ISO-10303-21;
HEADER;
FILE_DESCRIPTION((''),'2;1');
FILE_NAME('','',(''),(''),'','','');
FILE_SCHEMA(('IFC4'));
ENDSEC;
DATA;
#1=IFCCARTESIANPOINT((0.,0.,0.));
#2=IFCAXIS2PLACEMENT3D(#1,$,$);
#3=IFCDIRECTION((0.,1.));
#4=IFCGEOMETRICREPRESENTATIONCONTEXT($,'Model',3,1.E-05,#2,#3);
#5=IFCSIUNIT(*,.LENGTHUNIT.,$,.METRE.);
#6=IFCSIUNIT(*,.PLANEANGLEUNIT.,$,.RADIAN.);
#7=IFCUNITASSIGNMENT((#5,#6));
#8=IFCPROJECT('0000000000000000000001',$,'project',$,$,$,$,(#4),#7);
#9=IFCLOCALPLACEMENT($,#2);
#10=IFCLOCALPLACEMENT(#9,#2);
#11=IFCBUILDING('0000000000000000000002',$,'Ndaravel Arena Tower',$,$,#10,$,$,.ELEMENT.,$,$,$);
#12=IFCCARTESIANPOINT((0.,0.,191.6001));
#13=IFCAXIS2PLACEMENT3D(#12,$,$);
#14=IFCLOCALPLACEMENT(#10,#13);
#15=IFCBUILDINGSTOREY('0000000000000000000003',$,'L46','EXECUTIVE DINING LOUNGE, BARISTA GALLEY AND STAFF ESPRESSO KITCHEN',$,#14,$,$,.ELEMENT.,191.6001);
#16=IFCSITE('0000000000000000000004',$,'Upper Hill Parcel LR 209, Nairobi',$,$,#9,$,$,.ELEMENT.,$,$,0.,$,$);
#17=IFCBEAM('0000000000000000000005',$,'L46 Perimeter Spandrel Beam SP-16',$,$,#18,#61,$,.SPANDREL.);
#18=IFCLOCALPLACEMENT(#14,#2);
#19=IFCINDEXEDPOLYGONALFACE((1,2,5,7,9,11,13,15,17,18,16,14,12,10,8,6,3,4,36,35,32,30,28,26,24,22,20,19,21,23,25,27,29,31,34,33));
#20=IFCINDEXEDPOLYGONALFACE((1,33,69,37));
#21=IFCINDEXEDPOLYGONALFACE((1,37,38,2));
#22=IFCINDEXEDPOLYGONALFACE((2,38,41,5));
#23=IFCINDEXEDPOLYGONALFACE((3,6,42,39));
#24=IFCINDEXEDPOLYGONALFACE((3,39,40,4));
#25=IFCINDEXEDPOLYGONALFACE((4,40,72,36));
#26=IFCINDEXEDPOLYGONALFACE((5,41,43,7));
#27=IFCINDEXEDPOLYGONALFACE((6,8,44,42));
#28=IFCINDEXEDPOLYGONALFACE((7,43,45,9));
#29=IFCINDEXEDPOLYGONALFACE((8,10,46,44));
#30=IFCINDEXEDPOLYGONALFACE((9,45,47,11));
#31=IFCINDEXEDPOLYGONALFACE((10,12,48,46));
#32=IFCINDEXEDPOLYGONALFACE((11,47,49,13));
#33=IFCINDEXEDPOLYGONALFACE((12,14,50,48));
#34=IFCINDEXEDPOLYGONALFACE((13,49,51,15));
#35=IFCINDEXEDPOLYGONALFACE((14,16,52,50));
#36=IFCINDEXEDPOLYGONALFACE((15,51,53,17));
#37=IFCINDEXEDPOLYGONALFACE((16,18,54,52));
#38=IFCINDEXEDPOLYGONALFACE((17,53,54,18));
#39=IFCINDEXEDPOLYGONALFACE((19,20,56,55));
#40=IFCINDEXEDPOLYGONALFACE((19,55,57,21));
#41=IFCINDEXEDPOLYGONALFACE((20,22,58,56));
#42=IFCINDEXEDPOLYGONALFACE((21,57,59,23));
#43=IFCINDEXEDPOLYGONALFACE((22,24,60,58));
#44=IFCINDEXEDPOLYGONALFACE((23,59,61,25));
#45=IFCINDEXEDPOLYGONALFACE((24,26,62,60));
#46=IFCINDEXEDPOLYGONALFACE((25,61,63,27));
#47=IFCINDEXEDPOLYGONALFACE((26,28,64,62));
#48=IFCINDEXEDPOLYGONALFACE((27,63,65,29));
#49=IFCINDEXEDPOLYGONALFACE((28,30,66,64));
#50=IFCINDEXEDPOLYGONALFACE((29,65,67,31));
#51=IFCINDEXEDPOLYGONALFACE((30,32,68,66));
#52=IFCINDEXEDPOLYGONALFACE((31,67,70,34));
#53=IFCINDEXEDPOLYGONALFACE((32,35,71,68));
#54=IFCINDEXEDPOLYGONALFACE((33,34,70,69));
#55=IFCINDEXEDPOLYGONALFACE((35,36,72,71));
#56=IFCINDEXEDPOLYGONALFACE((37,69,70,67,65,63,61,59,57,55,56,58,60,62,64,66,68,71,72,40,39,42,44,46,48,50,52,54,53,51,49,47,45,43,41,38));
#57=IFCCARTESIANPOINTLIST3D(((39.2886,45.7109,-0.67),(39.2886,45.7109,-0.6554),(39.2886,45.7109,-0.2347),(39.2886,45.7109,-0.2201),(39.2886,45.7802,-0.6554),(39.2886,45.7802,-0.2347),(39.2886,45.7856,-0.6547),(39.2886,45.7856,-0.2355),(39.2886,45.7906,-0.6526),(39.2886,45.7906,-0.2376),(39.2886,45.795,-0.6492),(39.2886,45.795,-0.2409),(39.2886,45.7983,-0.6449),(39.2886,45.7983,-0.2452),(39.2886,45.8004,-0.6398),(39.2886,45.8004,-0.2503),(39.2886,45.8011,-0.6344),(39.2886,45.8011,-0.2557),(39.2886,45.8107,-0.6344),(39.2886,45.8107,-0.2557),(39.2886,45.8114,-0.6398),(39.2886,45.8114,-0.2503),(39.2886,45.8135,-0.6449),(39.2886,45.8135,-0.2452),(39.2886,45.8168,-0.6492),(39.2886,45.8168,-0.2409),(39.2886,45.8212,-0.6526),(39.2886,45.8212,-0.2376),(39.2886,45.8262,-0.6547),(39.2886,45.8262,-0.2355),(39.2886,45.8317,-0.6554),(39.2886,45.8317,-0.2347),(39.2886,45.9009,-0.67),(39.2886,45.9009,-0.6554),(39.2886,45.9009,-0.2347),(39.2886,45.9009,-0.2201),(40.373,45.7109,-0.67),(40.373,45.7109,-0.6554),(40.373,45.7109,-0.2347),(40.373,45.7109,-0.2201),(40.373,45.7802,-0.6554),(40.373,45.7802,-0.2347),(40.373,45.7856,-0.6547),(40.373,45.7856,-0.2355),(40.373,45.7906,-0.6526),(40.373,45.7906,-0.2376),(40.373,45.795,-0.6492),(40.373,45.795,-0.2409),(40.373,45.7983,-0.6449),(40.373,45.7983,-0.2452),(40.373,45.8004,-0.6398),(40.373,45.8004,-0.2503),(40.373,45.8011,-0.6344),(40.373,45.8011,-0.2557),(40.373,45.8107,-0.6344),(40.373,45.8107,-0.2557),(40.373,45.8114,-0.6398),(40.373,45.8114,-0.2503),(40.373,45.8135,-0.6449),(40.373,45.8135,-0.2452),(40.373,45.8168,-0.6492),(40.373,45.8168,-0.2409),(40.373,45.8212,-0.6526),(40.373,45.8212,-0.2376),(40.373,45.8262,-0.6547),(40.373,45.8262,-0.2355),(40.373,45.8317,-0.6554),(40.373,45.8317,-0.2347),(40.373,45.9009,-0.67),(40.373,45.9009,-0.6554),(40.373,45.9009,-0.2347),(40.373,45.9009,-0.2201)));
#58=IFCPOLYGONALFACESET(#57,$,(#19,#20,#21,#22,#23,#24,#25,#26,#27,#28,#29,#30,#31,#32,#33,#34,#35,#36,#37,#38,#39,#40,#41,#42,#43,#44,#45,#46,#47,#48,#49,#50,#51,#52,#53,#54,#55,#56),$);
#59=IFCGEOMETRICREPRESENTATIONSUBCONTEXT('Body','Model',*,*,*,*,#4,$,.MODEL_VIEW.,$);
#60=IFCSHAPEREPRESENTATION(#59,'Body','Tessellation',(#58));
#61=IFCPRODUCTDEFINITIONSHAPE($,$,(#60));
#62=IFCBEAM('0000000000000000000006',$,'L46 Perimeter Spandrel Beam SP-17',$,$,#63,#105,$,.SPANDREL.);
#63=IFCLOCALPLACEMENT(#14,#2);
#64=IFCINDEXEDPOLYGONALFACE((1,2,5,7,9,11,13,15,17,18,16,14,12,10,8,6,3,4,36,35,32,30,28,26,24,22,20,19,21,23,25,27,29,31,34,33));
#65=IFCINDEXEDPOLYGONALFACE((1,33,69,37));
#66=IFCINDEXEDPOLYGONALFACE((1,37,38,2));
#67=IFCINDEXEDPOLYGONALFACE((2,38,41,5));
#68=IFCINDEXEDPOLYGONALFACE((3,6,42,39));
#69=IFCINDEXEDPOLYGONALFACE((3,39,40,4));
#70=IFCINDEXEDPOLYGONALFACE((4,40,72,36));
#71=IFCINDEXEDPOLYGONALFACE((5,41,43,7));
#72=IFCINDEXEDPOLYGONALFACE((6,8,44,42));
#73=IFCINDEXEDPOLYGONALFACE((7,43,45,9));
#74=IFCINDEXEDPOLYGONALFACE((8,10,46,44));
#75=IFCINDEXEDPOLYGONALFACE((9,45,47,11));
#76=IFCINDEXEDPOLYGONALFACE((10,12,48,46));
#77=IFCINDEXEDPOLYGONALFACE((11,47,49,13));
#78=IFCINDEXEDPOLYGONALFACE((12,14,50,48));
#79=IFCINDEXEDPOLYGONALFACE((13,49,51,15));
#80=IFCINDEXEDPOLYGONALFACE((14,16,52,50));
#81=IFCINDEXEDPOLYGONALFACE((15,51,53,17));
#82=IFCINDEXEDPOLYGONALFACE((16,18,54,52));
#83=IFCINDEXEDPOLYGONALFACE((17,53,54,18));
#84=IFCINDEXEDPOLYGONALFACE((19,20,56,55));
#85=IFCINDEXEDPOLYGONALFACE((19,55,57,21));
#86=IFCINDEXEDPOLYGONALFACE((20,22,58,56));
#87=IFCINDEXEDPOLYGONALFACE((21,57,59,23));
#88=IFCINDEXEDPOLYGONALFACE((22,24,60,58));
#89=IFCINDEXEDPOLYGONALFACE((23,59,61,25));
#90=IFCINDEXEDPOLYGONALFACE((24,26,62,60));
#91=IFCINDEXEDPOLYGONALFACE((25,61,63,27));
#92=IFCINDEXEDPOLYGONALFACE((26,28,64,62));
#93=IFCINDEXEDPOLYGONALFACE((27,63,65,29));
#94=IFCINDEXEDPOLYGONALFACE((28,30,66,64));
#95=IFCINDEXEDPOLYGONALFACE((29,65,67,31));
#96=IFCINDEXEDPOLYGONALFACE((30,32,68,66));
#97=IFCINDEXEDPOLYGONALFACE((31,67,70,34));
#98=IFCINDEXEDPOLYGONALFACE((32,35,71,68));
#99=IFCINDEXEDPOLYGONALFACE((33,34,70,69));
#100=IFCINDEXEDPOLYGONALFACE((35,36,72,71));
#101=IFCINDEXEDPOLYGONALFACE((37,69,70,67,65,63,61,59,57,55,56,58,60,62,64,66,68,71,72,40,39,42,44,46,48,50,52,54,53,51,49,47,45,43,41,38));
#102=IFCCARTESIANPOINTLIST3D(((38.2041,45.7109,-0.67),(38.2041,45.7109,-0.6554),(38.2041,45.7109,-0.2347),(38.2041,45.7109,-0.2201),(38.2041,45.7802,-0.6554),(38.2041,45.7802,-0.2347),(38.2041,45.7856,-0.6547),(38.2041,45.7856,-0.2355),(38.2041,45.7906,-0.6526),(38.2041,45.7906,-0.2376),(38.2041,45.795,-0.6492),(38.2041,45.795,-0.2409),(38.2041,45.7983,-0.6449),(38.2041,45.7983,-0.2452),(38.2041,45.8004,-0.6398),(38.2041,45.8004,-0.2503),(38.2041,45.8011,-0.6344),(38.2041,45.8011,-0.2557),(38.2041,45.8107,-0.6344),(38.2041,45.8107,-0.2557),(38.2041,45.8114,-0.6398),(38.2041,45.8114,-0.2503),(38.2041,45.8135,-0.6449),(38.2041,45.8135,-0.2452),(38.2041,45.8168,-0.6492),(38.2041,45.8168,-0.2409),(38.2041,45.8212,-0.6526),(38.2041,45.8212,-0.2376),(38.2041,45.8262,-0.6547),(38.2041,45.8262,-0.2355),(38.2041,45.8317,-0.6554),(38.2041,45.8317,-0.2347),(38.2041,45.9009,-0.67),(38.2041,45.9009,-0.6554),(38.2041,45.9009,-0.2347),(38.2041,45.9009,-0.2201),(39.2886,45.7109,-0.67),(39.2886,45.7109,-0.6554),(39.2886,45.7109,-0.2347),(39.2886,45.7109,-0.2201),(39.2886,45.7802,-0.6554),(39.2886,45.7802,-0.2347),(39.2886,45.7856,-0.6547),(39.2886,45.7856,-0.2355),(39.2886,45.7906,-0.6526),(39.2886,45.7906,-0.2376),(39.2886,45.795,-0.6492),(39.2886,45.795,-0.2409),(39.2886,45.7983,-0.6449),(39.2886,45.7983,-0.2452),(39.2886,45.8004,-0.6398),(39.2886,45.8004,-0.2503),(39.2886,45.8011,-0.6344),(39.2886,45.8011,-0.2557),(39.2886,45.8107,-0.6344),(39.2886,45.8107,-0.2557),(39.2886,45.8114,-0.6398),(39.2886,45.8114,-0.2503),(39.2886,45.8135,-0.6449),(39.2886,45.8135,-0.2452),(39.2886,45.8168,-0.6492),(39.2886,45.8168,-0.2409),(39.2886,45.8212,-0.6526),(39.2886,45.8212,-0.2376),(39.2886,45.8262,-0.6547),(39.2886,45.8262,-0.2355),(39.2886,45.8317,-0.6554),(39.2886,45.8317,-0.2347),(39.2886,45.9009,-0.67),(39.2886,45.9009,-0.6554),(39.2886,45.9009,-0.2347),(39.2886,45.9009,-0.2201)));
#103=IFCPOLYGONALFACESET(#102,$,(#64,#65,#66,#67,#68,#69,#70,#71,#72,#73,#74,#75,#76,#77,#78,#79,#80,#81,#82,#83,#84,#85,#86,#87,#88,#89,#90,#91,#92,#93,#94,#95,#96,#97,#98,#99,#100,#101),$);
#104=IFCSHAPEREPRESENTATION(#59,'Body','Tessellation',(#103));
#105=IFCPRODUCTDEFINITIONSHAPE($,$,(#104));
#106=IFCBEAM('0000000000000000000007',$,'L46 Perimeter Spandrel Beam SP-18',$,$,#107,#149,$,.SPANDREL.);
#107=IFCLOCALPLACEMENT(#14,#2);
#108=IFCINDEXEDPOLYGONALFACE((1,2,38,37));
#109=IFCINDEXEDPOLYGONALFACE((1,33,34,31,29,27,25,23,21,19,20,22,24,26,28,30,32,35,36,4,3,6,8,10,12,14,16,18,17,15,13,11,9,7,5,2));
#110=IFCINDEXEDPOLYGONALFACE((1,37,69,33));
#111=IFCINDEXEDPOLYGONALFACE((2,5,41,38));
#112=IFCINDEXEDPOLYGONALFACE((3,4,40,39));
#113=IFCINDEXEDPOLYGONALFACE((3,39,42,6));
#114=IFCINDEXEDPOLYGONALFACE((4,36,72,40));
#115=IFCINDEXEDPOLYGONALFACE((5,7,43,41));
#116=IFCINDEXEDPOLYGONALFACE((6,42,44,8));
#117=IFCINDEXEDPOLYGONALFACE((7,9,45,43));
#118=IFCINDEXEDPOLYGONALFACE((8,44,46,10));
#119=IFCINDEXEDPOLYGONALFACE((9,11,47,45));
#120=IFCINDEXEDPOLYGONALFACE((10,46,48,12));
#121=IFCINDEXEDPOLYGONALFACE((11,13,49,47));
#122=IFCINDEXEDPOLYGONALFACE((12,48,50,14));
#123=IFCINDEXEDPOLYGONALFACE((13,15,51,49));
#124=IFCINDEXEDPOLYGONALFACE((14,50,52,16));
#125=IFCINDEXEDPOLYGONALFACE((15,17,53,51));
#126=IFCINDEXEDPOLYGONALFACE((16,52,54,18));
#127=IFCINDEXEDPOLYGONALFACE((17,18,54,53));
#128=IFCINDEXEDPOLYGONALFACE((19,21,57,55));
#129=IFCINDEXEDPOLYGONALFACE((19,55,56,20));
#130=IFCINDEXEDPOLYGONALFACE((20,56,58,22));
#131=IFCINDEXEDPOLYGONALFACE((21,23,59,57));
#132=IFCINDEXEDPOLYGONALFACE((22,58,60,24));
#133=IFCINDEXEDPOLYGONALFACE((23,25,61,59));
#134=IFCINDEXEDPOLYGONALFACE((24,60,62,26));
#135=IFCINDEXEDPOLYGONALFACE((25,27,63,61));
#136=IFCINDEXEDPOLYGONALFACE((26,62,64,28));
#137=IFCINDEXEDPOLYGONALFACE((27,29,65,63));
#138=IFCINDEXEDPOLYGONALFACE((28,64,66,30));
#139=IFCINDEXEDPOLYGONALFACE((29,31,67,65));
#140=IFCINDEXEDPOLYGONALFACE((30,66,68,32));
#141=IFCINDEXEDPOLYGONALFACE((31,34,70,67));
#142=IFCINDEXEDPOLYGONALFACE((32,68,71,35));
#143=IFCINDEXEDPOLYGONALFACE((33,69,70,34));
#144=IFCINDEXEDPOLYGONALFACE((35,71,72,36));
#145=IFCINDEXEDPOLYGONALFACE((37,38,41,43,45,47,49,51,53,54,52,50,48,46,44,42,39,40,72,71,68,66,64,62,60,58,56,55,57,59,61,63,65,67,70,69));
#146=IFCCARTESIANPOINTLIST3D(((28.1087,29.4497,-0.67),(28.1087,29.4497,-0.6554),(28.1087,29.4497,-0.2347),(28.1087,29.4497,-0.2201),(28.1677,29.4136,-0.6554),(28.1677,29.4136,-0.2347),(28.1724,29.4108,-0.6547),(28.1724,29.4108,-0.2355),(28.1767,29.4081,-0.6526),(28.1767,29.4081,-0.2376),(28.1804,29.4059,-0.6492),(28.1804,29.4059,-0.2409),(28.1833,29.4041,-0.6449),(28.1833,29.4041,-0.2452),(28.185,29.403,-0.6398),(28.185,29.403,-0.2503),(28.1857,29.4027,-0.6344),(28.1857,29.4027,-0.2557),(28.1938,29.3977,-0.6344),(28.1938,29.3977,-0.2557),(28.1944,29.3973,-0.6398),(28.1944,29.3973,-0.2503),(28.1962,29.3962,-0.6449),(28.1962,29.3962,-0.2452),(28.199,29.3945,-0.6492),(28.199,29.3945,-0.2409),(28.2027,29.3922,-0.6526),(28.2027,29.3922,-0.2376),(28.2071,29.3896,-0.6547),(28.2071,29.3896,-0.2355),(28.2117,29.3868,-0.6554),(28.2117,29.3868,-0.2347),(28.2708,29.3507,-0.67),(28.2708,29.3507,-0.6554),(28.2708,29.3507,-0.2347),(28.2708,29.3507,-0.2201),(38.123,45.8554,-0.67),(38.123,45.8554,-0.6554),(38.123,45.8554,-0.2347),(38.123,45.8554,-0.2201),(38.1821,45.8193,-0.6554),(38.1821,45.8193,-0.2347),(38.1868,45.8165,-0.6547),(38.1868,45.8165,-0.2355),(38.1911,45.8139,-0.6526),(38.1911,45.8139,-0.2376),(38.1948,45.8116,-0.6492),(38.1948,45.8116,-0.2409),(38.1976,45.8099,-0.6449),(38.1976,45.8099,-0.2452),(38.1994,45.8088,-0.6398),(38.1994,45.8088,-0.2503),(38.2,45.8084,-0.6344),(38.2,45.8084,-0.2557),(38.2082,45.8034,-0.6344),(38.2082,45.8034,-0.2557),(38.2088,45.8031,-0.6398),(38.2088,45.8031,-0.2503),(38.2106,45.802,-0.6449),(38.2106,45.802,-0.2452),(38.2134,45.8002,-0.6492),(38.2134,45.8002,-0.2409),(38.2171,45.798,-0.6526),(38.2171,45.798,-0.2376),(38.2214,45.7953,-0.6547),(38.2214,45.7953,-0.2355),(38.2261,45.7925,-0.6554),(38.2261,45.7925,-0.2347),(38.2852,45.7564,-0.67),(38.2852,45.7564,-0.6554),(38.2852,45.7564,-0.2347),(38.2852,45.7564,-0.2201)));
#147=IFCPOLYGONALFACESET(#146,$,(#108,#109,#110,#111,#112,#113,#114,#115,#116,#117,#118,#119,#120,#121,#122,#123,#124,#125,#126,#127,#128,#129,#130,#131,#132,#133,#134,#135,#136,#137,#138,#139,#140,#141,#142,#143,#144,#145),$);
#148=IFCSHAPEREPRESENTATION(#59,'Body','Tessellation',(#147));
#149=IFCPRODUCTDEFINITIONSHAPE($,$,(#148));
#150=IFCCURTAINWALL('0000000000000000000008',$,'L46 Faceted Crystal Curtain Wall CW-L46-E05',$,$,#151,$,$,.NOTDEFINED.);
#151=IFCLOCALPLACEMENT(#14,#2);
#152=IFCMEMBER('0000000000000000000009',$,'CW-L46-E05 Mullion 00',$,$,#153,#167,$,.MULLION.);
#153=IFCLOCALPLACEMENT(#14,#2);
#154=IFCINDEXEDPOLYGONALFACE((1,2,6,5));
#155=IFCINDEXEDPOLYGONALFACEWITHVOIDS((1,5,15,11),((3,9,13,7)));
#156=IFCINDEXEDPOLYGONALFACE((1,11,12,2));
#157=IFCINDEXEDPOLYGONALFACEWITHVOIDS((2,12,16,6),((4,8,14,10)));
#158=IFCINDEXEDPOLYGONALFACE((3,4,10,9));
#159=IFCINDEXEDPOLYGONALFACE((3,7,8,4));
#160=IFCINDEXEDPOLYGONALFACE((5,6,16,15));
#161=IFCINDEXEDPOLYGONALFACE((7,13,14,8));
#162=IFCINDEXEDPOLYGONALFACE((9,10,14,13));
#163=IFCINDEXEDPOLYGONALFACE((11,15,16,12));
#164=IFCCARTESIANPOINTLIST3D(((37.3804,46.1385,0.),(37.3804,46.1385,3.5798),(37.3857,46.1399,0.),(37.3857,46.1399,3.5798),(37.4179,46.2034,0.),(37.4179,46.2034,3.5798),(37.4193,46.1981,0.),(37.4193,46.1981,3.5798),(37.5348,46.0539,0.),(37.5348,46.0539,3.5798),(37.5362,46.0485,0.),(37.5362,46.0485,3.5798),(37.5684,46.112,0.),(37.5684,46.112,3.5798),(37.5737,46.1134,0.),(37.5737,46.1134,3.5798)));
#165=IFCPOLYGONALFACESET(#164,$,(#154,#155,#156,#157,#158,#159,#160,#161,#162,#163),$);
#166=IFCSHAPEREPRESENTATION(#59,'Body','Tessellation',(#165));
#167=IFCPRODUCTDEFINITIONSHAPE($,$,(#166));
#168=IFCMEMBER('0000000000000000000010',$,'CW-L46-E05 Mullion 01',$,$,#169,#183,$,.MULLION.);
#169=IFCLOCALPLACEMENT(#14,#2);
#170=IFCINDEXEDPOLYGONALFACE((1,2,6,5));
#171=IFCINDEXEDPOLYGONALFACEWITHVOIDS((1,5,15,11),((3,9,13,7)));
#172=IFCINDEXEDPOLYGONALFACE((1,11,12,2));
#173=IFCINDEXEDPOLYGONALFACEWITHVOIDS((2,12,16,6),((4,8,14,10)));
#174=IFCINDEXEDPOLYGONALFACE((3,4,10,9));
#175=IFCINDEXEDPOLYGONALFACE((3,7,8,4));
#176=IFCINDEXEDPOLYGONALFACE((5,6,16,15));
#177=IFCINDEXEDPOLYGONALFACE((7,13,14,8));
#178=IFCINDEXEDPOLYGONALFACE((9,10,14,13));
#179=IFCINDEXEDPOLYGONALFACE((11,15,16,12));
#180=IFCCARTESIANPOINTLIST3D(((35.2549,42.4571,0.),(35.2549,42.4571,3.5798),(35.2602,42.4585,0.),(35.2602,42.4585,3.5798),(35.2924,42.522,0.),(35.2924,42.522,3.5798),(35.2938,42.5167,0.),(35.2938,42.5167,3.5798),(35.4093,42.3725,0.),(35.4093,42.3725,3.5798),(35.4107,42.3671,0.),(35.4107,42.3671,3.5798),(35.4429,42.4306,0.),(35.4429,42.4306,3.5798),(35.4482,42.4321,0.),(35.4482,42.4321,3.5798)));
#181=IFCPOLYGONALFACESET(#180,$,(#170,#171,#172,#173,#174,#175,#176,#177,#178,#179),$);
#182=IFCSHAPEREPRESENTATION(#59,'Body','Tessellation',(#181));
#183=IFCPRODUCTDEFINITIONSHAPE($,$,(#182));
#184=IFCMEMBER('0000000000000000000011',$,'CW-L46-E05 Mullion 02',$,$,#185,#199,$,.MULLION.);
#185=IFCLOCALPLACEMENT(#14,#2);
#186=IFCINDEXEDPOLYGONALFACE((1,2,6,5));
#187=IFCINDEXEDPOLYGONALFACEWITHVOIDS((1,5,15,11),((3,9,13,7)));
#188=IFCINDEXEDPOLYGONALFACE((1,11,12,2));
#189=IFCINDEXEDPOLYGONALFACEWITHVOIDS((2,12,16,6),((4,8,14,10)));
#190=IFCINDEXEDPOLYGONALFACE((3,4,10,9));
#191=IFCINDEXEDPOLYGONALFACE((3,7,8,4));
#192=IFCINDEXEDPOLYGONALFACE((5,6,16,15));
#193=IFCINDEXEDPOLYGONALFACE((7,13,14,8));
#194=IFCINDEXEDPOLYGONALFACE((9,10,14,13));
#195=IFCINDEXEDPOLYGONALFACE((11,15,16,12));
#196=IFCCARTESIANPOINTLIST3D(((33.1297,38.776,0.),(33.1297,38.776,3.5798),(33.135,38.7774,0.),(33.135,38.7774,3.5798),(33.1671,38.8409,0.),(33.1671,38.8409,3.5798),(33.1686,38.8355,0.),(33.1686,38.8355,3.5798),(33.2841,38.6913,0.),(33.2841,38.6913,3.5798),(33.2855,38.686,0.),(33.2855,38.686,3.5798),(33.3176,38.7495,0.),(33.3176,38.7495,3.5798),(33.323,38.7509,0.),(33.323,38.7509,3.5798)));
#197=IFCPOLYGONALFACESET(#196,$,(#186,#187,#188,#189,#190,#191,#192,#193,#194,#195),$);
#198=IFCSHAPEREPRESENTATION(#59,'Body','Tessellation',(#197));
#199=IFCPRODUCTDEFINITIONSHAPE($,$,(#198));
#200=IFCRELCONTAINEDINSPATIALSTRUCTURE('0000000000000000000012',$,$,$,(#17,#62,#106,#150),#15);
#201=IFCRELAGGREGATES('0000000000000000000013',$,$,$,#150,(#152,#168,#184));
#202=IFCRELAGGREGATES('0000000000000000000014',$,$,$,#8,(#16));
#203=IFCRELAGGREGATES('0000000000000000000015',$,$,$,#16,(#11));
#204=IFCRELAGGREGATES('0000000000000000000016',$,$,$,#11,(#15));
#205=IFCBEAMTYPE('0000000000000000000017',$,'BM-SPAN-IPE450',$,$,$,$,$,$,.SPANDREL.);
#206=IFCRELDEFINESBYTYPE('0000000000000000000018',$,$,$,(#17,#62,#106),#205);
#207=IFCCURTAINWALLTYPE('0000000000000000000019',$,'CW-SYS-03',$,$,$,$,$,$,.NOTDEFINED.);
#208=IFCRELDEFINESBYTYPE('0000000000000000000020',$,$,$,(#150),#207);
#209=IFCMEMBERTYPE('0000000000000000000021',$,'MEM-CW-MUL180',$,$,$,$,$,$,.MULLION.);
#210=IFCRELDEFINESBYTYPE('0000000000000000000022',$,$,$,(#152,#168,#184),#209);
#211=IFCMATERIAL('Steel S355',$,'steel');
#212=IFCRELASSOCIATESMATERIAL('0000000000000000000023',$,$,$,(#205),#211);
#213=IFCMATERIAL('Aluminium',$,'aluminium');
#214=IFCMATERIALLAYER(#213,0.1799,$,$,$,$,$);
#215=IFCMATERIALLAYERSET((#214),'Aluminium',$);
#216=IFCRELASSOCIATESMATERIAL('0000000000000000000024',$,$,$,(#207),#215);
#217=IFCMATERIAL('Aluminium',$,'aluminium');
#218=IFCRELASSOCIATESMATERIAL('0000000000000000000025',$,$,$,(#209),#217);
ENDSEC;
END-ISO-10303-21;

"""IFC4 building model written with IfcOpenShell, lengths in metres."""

from ifc_helpers import new_model, si_unit, direction, frame, origin, origin_2d, place, context, subcontext, project, spatial, hollow_rectangle, i_section, extrude, material, layer, layer_set, material_profile, profile_set, type_object, element, aggregate, save


model = new_model("IFC4")

# Units and contexts
model_context = context("Model", 3, precision=1e-05, world=origin(), true_north=direction((0.0, 1.0)))
body_context = subcontext(model_context, "Body", "Model", "MODEL_VIEW")
ifc_project = project(units=[si_unit("LENGTHUNIT", "METRE"), si_unit("PLANEANGLEUNIT", "RADIAN")], contexts=[model_context])

# Site, building, storey
site_placement = place(None, origin())
site = spatial("IfcSite", under=ifc_project, at=site_placement, Name="Upper Hill Parcel LR 209, Nairobi", CompositionType="ELEMENT", RefElevation=0.0)
building_placement = place(site_placement, origin())
building = spatial("IfcBuilding", under=site, at=building_placement, Name="Ndaravel Arena Tower", CompositionType="ELEMENT")
storey_placement = place(building_placement, frame((0.0, 0.0, 191.6001)))
storey = spatial("IfcBuildingStorey", under=building, at=storey_placement, Name="L46", Description="EXECUTIVE DINING LOUNGE, BARISTA GALLEY AND STAFF ESPRESSO KITCHEN", CompositionType="ELEMENT", Elevation=191.6001)

# Beams
ifc_material_1 = material(Name="Steel S355", Category="steel")
ifc_material_profile_1 = material_profile(ifc_material_1, i_section(OverallWidth=0.1899, OverallDepth=0.45, WebThickness=0.0095, FlangeThickness=0.0146, FilletRadius=0.021, at=origin_2d()), Name="IPE 450")
ifc_profile_set_1 = profile_set([ifc_material_profile_1], Name="Steel S355")
beam_type_1 = type_object("IfcBeamType", Name="BM-SPAN-IPE450", PredefinedType="SPANDREL", material=ifc_profile_set_1)
for number, where, z_axis, x_axis, name in (
    (1, (40.373, 45.8059, -0.4451), (-1.0, 0.0, 0.0), (0.0, -1.0, 0.0), "L46 Perimeter Spandrel Beam SP-16"),
    (2, (39.2886, 45.8059, -0.4451), (-1.0, 0.0, 0.0), (0.0, -1.0, 0.0), "L46 Perimeter Spandrel Beam SP-17"),
):
    element("IfcBeam", number, at=place(storey_placement, frame(where, z_axis=z_axis, x_axis=x_axis)), inside=storey, type_object=beam_type_1, Name=name, PredefinedType="SPANDREL", context=body_context, shape_type="SweptSolid", body=[
        extrude(i_section(OverallWidth=0.1899, OverallDepth=0.45, WebThickness=0.0095, FlangeThickness=0.0146, FilletRadius=0.021, at=origin_2d()), origin(), (0.0, 0.0, 1.0), 1.0845),
    ])
beam_1_placement = place(storey_placement, frame((38.2041, 45.8059, -0.4451), z_axis=(-0.52102, -0.853544, 0.0), x_axis=(0.853544, -0.52102, 0.0)))
element("IfcBeam", 3, at=beam_1_placement, inside=storey, type_object=beam_type_1, Name="L46 Perimeter Spandrel Beam SP-18", PredefinedType="SPANDREL", context=body_context, shape_type="SweptSolid", body=[
    extrude(i_section(OverallWidth=0.1899, OverallDepth=0.45, WebThickness=0.0095, FlangeThickness=0.0146, FilletRadius=0.021, at=origin_2d()), origin(), (0.0, 0.0, 1.0), 19.2207),
])

# Curtain wall, members
ifc_material_2 = material(Name="Aluminium", Category="aluminium")
ifc_layer_1 = layer(ifc_material_2, 0.1799)
ifc_layer_set_1 = layer_set([ifc_layer_1], Name="Aluminium")
curtain_wall_type_1 = type_object("IfcCurtainWallType", Name="CW-SYS-03", PredefinedType="NOTDEFINED", material=ifc_layer_set_1)
curtain_wall_1_placement = place(storey_placement, origin())
curtain_wall_1 = element("IfcCurtainWall", 4, at=curtain_wall_1_placement, inside=storey, type_object=curtain_wall_type_1, Name="L46 Faceted Crystal Curtain Wall CW-L46-E05", PredefinedType="NOTDEFINED")
ifc_material_3 = material(Name="Aluminium", Category="aluminium")
ifc_material_profile_2 = material_profile(ifc_material_3, hollow_rectangle(XDim=0.075, YDim=0.1799, WallThickness=0.0039, at=origin_2d()), Name="CW MULLION 75x180x4")
ifc_profile_set_2 = profile_set([ifc_material_profile_2], Name="Aluminium")
member_type_1 = type_object("IfcMemberType", Name="MEM-CW-MUL180", PredefinedType="MULLION", material=ifc_profile_set_2)
member_1_placement = place(storey_placement, frame((37.4771, 46.126, 0.0), z_axis=(0.0, 0.0, 1.0), x_axis=(-0.5, -0.866025, 0.0)))
member_1 = element("IfcMember", 5, at=member_1_placement, type_object=member_type_1, Name="CW-L46-E05 Mullion 00", PredefinedType="MULLION", context=body_context, shape_type="SweptSolid", body=[
    extrude(hollow_rectangle(XDim=0.075, YDim=0.1799, WallThickness=0.0039, at=origin_2d()), origin(), (0.0, 0.0, 1.0), 3.5798),
])
member_2_placement = place(storey_placement, frame((35.3516, 42.4446, 0.0), z_axis=(0.0, 0.0, 1.0), x_axis=(-0.5, -0.866025, 0.0)))
member_2 = element("IfcMember", 6, at=member_2_placement, type_object=member_type_1, Name="CW-L46-E05 Mullion 01", PredefinedType="MULLION", context=body_context, shape_type="SweptSolid", body=[
    extrude(hollow_rectangle(XDim=0.075, YDim=0.1799, WallThickness=0.0039, at=origin_2d()), origin(), (0.0, 0.0, 1.0), 3.5798),
])
member_3_placement = place(storey_placement, frame((33.2263, 38.7634, 0.0), z_axis=(0.0, 0.0, 1.0), x_axis=(-0.5, -0.866025, 0.0)))
member_3 = element("IfcMember", 7, at=member_3_placement, type_object=member_type_1, Name="CW-L46-E05 Mullion 02", PredefinedType="MULLION", context=body_context, shape_type="SweptSolid", body=[
    extrude(hollow_rectangle(XDim=0.075, YDim=0.1799, WallThickness=0.0039, at=origin_2d()), origin(), (0.0, 0.0, 1.0), 3.5798),
])

aggregate(curtain_wall_1, [member_1, member_2, member_3])

save(model, "model.ifc")
